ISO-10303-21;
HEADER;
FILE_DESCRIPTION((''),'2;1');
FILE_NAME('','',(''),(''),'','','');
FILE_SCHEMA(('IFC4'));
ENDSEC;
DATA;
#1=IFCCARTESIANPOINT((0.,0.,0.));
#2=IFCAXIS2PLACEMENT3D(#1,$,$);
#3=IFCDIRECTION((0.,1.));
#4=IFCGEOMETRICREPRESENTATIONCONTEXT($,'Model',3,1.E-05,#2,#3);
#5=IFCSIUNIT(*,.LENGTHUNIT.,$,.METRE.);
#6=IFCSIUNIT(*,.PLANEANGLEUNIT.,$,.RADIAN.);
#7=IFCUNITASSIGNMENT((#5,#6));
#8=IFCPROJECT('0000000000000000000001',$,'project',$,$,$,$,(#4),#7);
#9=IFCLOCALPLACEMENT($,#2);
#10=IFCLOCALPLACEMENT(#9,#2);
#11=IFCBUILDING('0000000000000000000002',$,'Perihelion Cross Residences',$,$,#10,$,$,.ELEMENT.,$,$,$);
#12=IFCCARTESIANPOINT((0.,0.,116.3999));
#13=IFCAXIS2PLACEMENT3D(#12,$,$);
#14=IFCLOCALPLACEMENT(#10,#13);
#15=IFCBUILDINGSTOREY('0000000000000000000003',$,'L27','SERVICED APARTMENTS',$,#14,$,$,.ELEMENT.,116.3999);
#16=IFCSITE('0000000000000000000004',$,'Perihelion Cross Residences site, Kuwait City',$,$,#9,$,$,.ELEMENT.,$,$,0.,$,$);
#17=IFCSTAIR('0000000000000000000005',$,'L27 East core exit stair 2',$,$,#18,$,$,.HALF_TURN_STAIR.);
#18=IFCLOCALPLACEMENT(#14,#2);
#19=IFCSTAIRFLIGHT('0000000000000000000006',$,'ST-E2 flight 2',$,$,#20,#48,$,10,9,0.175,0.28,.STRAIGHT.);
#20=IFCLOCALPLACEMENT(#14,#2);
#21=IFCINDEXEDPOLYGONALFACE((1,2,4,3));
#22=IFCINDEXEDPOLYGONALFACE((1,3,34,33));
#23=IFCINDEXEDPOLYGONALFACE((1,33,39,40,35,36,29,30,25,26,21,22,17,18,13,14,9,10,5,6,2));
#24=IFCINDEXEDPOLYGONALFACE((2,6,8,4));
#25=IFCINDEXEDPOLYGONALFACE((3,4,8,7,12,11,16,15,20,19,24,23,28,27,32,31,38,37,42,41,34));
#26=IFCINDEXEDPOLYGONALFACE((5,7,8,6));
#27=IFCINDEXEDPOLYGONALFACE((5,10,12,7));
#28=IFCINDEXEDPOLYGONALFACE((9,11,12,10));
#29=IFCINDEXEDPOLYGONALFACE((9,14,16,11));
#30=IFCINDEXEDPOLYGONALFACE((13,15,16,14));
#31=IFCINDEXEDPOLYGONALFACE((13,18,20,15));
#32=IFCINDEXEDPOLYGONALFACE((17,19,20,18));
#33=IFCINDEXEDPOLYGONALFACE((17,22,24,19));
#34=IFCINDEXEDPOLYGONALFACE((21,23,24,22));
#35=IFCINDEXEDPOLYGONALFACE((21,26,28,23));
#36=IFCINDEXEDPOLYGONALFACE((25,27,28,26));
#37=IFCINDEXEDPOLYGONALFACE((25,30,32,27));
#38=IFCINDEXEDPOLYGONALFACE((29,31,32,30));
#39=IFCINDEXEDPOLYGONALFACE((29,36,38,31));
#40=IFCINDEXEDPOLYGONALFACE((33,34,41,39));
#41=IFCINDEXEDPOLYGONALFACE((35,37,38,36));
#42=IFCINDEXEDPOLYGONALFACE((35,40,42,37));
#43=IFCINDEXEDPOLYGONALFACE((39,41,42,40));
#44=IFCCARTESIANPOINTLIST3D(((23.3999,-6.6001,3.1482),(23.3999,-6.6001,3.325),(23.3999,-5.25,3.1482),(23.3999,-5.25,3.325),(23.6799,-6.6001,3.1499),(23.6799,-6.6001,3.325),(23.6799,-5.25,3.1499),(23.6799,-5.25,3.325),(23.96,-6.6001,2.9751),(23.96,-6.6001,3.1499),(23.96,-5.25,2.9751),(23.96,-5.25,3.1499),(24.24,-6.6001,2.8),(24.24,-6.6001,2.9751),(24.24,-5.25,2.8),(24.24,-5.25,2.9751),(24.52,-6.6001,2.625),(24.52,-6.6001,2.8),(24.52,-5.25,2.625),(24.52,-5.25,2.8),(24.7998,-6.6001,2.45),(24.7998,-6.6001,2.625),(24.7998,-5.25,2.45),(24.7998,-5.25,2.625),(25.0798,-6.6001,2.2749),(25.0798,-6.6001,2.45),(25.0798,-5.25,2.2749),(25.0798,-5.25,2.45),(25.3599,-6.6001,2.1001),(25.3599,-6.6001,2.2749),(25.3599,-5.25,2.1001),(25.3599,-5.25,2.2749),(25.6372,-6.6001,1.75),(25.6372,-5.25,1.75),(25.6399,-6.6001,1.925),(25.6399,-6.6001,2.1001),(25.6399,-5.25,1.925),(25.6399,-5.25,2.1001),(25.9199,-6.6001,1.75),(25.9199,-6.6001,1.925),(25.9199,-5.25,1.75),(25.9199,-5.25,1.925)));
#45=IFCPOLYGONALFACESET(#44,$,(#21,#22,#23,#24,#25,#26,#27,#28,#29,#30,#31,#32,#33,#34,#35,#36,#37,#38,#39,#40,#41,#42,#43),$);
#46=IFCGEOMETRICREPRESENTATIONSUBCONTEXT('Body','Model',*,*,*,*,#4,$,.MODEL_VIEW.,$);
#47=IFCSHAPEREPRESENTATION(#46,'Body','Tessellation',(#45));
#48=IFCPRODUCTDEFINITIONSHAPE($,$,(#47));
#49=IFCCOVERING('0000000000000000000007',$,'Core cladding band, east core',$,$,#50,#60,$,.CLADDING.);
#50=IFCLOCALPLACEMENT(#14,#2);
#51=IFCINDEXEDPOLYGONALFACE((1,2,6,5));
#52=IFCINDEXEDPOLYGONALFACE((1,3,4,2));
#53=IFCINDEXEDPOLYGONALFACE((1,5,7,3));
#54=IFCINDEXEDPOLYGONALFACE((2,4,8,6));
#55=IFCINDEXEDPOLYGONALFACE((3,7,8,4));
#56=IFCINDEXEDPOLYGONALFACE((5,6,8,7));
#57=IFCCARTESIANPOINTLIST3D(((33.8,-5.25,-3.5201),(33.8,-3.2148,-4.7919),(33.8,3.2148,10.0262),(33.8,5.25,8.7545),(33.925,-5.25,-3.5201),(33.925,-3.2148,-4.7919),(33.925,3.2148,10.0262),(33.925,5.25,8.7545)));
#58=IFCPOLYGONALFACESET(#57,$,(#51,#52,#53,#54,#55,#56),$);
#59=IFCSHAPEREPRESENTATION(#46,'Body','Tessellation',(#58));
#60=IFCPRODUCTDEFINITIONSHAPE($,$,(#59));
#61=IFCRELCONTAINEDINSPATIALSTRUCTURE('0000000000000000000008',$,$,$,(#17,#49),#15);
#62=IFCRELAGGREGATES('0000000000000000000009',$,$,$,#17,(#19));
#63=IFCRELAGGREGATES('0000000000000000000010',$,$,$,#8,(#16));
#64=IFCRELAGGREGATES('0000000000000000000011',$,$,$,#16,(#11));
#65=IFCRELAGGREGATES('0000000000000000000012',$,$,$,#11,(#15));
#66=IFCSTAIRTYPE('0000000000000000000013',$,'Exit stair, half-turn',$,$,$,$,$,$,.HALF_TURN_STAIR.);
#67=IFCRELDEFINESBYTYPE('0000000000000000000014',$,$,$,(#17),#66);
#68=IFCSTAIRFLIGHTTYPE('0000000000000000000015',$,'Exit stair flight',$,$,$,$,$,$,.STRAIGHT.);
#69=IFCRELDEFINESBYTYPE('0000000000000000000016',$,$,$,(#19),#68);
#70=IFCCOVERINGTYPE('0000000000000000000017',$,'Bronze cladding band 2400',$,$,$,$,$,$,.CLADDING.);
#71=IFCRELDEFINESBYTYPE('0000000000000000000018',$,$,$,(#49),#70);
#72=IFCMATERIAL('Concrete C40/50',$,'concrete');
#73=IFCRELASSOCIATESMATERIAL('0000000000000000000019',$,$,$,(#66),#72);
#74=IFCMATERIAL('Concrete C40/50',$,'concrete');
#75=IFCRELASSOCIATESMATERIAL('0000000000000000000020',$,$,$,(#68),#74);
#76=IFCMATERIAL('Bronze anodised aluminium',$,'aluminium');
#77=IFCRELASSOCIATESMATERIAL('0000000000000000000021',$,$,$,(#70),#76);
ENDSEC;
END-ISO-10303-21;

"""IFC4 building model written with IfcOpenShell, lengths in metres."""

from ifc_helpers import new_model, si_unit, direction, frame, origin, origin_2d, place, context, subcontext, project, spatial, polyline, rectangle, outline, extrude, material, material_profile, profile_set, type_object, element, aggregate, save


model = new_model("IFC4")

# Units and contexts
model_context = context("Model", 3, precision=1e-05, world=origin(), true_north=direction((0.0, 1.0)))
body_context = subcontext(model_context, "Body", "Model", "MODEL_VIEW")
ifc_project = project(units=[si_unit("LENGTHUNIT", "METRE"), si_unit("PLANEANGLEUNIT", "RADIAN")], contexts=[model_context])

# Site, building, storey
site_placement = place(None, origin())
site = spatial("IfcSite", under=ifc_project, at=site_placement, Name="Perihelion Cross Residences site, Kuwait City", CompositionType="ELEMENT", RefElevation=0.0)
building_placement = place(site_placement, origin())
building = spatial("IfcBuilding", under=site, at=building_placement, Name="Perihelion Cross Residences", CompositionType="ELEMENT")
storey_placement = place(building_placement, frame((0.0, 0.0, 116.3999)))
storey = spatial("IfcBuildingStorey", under=building, at=storey_placement, Name="L27", Description="SERVICED APARTMENTS", CompositionType="ELEMENT", Elevation=116.3999)

# Stair, stair flight
ifc_material_1 = material(Name="Concrete C40/50", Category="concrete")
stair_type = type_object("IfcStairType", Name="Exit stair, half-turn", PredefinedType="HALF_TURN_STAIR", material=ifc_material_1)
stair_placement = place(storey_placement, origin())
stair = element("IfcStair", 1, at=stair_placement, inside=storey, type_object=stair_type, Name="L27 East core exit stair 2", PredefinedType="HALF_TURN_STAIR")
ifc_material_2 = material(Name="Concrete C40/50", Category="concrete")
stair_flight_type = type_object("IfcStairFlightType", Name="Exit stair flight", PredefinedType="STRAIGHT", material=ifc_material_2)
stair_flight_placement = place(storey_placement, frame((25.9199, -5.925, 1.75), z_axis=(0.0, 0.0, 1.0), x_axis=(-1.0, 0.0, 0.0)))
stair_flight = element("IfcStairFlight", 2, at=stair_flight_placement, type_object=stair_flight_type, Name="ST-E2 flight 2", NumberOfRisers=10, NumberOfTreads=9, PredefinedType="STRAIGHT", RiserHeight=0.175, TreadLength=0.28, context=body_context, shape_type="SweptSolid", body=[
    extrude(outline(polyline([(0.0, 0.0), (0.0, 0.175), (0.28, 0.175), (0.28, 0.3501), (0.5601, 0.3501), (0.5601, 0.5249), (0.8401, 0.5249), (0.8401, 0.7), (1.1201, 0.7), (1.1201, 0.875), (1.3999, 0.875), (1.3999, 1.05), (1.6799, 1.05), (1.6799, 1.2251), (1.96, 1.2251), (1.96, 1.3999), (2.24, 1.3999), (2.24, 1.575), (2.52, 1.575), (2.52, 1.75), (2.52, 1.3982), (0.2827, 0.0), (0.0, 0.0)])), frame((0.0, 0.675, 0.0), z_axis=(0.0, -1.0, 0.0), x_axis=(1.0, 0.0, 0.0)), (0.0, 0.0, 1.0), 1.3501),
])
aggregate(stair, [stair_flight])

# Covering
ifc_material_3 = material(Name="Bronze anodised aluminium", Category="aluminium")
ifc_material_profile = material_profile(ifc_material_3, rectangle(XDim=0.125, YDim=2.3999, at=origin_2d()), Name="Bronze cladding band 2400")
ifc_profile_set = profile_set([ifc_material_profile], Name="Bronze anodised aluminium")
covering_type = type_object("IfcCoveringType", Name="Bronze cladding band 2400", PredefinedType="CLADDING", material=ifc_profile_set)
covering_placement = place(storey_placement, frame((33.8625, -4.2324, -4.156), z_axis=(0.0, 0.529925, 0.848045), x_axis=(-1.0, 0.0, 0.0)))
element("IfcCovering", 3, at=covering_placement, inside=storey, type_object=covering_type, Name="Core cladding band, east core", PredefinedType="CLADDING", context=body_context, shape_type="SweptSolid", body=[
    extrude(rectangle(XDim=0.125, YDim=2.3999, at=origin_2d()), origin(), (0.0, 0.0, 1.0), 15.9736),
])

save(model, "model.ifc")
